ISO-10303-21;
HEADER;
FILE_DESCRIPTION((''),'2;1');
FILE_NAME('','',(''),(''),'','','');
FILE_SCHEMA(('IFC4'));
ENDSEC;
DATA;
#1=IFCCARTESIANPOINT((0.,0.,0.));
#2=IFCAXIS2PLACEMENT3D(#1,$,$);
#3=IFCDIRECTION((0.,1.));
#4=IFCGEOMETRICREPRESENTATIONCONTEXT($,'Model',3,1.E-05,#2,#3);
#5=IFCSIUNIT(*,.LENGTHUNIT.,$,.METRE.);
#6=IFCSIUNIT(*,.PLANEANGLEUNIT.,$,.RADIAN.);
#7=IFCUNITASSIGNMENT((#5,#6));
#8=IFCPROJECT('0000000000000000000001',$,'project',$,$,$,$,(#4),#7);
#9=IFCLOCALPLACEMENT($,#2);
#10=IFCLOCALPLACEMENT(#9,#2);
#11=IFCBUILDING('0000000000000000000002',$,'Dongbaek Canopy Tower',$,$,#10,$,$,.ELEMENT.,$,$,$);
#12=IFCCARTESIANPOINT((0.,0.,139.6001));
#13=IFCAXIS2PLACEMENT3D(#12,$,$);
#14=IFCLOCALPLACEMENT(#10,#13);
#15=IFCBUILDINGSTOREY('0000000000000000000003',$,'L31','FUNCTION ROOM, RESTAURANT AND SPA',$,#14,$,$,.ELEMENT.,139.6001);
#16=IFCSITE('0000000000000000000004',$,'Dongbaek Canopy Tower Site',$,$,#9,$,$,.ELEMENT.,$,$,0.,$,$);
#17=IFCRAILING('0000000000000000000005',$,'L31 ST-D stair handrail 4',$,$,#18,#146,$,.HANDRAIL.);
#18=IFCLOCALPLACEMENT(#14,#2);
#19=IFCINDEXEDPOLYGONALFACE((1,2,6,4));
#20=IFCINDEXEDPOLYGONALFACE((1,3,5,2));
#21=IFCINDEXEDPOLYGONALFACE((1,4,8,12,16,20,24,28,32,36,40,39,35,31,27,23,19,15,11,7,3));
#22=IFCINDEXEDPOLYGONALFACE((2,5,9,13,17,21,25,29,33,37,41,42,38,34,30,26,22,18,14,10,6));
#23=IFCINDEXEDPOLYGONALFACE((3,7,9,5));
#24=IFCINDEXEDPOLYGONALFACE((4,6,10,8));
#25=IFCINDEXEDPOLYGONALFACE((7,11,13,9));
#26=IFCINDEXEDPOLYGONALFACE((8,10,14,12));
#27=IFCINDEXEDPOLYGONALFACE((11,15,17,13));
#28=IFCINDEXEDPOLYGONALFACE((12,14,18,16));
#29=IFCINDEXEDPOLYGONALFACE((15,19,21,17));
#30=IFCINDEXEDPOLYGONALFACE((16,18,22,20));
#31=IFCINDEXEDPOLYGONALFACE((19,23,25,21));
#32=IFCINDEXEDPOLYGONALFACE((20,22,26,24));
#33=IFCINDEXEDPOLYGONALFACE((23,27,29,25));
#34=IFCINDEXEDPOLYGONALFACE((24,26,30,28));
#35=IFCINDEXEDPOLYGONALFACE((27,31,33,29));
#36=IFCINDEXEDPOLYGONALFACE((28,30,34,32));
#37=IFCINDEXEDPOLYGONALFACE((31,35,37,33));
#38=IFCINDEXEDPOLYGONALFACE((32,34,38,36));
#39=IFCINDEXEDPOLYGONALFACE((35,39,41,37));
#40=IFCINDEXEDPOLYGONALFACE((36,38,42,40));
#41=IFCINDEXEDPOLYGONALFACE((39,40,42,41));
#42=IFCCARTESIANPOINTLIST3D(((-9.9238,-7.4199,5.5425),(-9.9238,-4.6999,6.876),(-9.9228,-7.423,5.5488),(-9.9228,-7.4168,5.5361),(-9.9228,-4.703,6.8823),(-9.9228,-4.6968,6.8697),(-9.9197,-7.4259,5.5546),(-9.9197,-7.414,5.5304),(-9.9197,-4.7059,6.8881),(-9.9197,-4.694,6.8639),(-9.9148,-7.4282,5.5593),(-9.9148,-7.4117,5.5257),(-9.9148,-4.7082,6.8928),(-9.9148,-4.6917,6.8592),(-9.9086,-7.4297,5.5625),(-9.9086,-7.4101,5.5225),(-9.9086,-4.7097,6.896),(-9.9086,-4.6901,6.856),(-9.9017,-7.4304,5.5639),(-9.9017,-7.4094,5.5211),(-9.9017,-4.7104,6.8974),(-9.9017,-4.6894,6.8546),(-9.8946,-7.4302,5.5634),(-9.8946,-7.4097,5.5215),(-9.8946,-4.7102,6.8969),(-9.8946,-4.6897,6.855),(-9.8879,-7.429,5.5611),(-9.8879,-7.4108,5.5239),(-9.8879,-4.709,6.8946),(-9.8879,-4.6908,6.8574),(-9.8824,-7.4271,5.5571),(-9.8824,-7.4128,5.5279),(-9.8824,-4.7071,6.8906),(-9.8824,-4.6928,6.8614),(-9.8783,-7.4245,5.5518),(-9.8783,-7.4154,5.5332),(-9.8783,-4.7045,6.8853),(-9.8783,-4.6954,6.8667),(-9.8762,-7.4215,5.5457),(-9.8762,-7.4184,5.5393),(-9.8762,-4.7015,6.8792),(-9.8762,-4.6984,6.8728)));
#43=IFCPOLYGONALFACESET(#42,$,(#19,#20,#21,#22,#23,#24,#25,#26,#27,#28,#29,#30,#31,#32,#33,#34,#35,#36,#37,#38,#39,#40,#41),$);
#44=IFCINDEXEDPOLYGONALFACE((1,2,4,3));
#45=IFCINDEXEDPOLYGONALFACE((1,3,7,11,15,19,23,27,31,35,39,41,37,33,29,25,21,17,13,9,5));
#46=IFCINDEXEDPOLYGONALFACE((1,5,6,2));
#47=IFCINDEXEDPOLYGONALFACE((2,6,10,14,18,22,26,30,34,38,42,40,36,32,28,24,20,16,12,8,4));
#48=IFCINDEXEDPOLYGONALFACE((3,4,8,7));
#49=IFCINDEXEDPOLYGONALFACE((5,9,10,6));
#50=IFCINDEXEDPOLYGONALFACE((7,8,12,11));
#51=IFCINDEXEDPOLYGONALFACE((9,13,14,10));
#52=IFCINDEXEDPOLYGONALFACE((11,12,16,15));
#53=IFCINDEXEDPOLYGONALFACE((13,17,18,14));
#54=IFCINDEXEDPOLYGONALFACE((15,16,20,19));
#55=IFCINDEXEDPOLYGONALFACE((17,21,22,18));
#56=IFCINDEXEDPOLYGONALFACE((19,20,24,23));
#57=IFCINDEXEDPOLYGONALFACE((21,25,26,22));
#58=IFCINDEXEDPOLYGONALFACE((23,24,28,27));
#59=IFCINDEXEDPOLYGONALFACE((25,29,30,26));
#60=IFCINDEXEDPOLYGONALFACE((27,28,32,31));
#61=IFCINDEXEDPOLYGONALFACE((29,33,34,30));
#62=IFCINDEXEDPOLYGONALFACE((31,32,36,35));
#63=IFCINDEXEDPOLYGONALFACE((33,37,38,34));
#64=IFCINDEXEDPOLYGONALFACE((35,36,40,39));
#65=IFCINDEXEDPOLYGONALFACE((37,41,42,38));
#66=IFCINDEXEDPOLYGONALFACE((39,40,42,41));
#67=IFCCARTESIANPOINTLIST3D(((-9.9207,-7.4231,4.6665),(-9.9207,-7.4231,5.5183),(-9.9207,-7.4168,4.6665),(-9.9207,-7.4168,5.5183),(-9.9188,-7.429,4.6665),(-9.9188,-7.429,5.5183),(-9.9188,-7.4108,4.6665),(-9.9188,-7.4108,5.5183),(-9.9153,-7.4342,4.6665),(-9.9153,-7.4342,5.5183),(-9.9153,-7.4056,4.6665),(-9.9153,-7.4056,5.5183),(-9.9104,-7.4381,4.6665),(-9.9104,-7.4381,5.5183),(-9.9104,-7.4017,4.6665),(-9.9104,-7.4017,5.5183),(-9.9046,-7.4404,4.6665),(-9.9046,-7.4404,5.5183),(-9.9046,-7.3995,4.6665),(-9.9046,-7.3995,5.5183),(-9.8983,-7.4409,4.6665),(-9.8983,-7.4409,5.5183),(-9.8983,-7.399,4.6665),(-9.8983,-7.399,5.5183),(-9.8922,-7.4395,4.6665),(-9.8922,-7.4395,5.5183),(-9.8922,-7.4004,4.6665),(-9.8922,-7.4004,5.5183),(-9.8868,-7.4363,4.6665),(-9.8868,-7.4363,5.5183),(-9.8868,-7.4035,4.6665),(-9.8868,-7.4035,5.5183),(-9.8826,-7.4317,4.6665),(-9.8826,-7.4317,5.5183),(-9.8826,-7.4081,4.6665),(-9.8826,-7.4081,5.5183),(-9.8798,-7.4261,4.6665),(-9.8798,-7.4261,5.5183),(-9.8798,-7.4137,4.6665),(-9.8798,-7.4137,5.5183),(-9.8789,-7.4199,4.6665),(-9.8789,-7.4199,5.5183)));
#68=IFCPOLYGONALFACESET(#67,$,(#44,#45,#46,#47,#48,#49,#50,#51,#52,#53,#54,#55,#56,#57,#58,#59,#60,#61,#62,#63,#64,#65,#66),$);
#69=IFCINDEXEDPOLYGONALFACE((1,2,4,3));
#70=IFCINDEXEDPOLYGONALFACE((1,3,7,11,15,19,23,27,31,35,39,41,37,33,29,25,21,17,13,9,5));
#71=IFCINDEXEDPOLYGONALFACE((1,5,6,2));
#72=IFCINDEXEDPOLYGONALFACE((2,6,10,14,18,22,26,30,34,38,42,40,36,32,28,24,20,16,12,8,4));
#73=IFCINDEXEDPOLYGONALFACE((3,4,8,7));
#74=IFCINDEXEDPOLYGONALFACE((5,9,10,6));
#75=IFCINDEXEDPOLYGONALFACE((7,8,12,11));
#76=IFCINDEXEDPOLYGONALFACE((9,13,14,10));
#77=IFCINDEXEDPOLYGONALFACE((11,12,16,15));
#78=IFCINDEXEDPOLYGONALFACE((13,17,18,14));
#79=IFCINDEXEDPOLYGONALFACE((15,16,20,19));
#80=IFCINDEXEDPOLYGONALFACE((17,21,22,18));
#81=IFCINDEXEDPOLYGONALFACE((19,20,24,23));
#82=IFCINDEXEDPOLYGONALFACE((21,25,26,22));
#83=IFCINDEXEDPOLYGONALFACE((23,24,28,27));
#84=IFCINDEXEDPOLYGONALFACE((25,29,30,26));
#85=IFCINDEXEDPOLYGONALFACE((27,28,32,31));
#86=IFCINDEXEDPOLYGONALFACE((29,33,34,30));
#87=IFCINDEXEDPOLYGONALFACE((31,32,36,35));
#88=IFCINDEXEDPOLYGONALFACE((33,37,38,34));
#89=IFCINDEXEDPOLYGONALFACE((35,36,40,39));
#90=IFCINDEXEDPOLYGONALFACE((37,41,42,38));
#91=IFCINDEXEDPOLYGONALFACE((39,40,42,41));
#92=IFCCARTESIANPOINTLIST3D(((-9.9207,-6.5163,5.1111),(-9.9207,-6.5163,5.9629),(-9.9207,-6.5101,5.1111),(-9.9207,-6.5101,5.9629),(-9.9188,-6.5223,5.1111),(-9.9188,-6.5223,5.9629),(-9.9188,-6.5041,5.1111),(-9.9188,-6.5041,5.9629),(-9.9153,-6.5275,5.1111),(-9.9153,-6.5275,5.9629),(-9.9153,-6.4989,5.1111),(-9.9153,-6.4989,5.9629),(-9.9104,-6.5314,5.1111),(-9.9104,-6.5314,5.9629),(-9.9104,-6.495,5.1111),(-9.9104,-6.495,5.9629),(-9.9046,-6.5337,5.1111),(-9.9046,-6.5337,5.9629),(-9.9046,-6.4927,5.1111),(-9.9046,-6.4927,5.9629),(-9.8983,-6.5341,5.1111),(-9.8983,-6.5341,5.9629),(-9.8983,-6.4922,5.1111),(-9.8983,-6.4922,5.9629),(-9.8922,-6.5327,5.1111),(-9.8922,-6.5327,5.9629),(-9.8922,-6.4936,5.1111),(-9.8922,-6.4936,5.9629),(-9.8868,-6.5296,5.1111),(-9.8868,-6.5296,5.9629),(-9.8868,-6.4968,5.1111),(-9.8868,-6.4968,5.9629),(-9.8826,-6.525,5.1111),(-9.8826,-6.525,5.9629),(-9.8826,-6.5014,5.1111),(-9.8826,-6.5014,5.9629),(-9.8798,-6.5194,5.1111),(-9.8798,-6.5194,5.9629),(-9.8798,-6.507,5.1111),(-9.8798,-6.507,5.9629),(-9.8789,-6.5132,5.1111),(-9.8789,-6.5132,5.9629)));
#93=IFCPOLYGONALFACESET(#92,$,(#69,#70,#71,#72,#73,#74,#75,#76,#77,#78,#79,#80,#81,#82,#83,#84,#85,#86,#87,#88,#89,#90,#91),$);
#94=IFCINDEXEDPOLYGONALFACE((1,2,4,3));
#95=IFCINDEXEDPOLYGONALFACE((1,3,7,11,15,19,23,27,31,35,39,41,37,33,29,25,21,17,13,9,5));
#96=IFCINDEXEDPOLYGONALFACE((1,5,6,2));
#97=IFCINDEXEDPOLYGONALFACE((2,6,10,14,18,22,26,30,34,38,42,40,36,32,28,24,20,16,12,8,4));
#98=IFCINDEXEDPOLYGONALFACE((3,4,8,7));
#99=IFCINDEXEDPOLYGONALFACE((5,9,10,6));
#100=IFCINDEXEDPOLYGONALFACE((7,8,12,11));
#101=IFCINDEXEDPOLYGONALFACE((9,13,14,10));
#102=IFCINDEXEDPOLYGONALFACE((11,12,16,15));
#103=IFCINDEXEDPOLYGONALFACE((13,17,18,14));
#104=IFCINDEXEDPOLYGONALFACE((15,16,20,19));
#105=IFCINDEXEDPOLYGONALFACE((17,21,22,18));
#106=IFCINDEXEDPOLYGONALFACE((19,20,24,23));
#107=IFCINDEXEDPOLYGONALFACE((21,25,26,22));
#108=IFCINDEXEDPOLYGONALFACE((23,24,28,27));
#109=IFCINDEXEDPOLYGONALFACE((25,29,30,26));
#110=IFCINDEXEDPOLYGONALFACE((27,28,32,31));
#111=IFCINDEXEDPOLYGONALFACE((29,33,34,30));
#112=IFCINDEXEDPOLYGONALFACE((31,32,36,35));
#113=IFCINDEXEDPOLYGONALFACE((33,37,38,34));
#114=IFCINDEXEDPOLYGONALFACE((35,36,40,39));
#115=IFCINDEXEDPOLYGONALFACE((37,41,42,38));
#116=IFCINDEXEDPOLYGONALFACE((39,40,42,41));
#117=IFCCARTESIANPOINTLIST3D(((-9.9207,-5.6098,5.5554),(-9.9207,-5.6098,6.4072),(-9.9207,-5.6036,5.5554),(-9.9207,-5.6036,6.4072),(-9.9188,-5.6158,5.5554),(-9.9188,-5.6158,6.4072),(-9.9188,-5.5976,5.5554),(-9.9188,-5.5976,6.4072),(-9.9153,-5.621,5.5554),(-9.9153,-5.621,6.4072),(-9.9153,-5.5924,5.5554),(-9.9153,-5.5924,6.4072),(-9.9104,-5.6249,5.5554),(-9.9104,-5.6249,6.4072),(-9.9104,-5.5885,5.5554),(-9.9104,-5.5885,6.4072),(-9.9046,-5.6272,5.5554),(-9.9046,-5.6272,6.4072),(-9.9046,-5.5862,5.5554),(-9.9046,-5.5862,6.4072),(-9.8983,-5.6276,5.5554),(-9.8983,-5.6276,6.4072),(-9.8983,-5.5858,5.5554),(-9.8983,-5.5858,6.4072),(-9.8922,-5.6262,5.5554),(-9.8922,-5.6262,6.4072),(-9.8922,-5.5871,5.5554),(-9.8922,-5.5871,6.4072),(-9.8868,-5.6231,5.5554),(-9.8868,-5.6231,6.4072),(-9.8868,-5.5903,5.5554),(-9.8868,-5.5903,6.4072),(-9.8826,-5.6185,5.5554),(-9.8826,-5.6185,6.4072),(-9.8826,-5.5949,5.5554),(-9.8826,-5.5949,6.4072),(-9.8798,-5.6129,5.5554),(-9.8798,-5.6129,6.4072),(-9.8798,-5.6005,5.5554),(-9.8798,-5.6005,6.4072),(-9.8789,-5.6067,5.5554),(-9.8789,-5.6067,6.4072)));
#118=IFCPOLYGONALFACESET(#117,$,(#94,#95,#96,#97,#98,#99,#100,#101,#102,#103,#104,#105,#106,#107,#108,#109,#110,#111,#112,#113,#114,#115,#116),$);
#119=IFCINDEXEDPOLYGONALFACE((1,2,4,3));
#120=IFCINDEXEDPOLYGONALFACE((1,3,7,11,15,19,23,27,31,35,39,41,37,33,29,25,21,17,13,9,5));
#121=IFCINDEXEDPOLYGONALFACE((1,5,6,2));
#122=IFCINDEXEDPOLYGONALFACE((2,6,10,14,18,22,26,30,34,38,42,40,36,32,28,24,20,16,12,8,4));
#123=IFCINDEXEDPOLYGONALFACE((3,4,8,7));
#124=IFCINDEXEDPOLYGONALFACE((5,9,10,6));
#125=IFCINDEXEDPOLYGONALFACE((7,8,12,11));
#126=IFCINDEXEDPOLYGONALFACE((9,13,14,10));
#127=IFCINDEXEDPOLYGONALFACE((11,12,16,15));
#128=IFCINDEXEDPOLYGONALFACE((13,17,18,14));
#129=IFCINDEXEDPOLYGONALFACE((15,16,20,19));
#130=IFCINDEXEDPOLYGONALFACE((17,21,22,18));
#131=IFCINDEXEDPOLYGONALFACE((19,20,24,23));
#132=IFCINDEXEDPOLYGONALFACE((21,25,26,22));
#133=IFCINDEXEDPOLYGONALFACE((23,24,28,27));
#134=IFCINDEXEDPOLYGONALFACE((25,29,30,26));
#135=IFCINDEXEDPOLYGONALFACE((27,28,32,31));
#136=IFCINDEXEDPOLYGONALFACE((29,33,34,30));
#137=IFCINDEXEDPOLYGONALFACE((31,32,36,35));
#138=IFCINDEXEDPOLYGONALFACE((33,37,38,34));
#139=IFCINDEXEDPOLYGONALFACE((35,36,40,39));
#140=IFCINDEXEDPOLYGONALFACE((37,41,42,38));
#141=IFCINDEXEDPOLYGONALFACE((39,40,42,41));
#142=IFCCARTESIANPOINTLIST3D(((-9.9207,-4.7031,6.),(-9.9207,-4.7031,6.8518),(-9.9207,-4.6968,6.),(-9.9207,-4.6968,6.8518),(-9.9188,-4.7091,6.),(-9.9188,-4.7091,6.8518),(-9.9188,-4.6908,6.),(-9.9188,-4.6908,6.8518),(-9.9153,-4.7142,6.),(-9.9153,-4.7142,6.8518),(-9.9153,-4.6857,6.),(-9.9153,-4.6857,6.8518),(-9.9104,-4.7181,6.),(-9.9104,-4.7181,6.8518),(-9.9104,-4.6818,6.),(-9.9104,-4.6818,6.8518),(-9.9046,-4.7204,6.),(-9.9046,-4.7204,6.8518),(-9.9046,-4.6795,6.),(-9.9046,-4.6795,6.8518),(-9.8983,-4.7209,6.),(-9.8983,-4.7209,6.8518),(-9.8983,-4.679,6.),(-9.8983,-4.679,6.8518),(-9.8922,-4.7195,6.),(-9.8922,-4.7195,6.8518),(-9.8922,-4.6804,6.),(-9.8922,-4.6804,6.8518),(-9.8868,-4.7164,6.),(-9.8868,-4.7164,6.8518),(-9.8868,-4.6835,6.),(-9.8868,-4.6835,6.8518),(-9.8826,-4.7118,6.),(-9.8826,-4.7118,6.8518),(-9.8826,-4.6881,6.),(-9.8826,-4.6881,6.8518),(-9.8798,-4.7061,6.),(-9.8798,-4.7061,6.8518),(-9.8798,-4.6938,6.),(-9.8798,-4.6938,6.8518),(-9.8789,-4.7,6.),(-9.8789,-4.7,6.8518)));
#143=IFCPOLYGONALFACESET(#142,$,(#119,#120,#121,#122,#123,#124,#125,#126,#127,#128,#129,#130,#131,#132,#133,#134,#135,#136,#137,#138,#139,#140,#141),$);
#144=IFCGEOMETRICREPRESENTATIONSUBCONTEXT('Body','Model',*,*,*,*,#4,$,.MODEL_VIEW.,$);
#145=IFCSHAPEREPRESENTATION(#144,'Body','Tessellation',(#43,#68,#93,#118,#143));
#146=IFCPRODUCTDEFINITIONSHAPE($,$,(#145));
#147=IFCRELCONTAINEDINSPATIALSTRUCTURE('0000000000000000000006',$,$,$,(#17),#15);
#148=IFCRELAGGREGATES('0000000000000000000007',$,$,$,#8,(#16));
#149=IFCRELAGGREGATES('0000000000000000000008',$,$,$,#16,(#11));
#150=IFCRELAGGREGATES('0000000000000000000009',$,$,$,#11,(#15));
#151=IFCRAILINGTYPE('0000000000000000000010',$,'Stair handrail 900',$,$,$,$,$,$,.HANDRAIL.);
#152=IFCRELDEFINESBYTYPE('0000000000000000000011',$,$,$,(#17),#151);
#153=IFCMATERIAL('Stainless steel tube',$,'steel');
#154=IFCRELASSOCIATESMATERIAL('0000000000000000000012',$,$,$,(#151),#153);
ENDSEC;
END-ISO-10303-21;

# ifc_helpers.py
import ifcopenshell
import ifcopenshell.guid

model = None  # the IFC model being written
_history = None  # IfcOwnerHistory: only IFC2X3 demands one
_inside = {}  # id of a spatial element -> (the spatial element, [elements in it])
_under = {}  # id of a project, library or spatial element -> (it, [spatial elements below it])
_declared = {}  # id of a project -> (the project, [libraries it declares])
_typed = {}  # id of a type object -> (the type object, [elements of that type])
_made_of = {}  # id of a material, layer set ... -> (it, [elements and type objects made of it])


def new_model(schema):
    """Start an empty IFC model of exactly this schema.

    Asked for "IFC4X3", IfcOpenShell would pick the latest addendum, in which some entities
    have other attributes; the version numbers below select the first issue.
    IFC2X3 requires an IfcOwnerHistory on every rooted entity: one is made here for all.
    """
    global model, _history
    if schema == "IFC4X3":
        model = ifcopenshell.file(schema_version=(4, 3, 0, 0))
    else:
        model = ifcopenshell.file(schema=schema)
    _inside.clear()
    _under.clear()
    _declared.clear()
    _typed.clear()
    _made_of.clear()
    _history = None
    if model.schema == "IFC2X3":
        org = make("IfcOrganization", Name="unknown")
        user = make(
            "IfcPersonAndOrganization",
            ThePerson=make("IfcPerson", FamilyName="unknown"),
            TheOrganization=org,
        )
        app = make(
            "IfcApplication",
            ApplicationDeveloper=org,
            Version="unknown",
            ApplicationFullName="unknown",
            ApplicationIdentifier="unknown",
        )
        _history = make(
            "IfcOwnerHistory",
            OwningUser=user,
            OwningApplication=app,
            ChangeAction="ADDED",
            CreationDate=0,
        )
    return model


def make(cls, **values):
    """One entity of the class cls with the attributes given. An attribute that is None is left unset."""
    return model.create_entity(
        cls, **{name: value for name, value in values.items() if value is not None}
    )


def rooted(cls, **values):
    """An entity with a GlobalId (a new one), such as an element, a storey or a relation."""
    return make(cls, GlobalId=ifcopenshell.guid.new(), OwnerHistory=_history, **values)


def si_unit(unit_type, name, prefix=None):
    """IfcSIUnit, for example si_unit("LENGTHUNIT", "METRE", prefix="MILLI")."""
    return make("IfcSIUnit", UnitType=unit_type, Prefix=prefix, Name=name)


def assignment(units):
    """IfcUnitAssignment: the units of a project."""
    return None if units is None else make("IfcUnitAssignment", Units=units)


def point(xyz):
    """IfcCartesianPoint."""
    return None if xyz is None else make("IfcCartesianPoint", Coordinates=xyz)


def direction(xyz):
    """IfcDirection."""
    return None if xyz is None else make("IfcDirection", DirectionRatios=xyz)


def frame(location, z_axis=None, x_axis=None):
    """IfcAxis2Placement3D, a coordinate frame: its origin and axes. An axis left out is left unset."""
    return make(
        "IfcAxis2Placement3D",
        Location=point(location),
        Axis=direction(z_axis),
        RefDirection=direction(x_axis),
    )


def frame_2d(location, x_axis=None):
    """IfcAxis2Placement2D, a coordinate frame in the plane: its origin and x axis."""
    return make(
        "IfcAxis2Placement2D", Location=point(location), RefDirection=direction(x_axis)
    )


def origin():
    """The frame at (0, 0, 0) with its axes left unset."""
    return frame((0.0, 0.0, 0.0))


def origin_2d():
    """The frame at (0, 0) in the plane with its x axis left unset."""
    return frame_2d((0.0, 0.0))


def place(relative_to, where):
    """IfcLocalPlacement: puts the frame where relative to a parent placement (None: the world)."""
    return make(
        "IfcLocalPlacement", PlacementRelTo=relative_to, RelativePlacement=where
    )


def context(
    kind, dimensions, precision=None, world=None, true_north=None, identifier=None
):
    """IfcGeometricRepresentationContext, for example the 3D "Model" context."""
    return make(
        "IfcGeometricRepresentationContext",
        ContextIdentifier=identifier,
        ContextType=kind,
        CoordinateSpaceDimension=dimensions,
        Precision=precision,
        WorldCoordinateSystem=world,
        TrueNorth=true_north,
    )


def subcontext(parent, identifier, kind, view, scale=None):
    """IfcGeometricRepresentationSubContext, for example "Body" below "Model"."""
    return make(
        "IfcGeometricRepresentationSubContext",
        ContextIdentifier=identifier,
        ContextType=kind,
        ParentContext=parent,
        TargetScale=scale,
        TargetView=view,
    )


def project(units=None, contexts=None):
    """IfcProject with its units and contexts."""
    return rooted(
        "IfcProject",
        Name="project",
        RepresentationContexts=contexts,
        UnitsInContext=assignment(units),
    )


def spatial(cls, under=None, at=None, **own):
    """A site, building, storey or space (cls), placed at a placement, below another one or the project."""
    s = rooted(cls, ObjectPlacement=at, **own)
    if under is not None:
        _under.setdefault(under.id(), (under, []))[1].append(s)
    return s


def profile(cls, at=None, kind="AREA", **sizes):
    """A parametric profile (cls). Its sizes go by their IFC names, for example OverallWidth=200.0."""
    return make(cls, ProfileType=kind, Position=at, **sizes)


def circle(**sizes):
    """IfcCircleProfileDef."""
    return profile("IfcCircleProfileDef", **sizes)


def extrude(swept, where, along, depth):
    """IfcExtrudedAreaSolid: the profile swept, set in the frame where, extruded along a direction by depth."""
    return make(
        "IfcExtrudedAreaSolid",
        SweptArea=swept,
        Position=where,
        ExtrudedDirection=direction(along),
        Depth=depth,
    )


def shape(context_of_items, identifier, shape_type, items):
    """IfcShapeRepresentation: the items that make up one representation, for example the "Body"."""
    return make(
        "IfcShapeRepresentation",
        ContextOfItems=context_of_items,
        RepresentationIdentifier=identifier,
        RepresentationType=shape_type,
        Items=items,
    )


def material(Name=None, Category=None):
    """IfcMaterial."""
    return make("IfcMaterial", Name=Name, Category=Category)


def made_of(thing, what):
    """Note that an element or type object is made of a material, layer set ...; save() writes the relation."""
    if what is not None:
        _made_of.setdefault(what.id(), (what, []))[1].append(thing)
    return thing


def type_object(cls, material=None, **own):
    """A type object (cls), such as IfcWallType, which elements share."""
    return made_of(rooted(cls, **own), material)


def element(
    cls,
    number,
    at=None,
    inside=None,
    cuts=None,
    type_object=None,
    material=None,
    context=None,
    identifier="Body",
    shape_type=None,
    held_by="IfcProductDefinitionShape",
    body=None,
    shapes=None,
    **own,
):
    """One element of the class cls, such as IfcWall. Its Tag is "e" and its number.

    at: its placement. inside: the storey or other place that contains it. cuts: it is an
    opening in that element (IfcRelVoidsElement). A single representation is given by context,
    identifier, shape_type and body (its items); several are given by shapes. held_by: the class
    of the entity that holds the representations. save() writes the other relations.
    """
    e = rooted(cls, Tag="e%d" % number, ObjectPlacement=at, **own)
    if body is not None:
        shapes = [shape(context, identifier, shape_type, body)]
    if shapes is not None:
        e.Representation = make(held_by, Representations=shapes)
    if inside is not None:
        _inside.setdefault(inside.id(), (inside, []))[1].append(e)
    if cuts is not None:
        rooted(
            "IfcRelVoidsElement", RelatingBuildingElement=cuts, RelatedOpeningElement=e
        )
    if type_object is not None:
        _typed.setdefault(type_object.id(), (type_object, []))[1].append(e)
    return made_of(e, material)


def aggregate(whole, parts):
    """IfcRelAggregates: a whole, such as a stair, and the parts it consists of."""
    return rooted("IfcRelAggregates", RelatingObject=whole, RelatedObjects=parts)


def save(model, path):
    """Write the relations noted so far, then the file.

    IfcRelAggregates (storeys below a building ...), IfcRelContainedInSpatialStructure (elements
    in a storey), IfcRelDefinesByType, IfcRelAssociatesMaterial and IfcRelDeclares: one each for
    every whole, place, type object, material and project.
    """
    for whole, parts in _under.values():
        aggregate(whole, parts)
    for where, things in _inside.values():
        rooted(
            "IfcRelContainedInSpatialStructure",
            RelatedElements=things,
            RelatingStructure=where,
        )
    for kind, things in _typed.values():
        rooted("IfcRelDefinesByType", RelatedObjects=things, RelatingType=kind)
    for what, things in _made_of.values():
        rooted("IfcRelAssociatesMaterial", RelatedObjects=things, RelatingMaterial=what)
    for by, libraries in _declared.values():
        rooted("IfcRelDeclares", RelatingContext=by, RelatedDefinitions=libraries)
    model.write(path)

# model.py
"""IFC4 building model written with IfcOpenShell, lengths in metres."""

from ifc_helpers import new_model, si_unit, direction, frame, origin, origin_2d, place, context, subcontext, project, spatial, circle, extrude, material, type_object, element, save


model = new_model("IFC4")

# Units and contexts
model_context = context("Model", 3, precision=1e-05, world=origin(), true_north=direction((0.0, 1.0)))
body_context = subcontext(model_context, "Body", "Model", "MODEL_VIEW")
ifc_project = project(units=[si_unit("LENGTHUNIT", "METRE"), si_unit("PLANEANGLEUNIT", "RADIAN")], contexts=[model_context])

# Site, building, storey
site_placement = place(None, origin())
site = spatial("IfcSite", under=ifc_project, at=site_placement, Name="Dongbaek Canopy Tower Site", CompositionType="ELEMENT", RefElevation=0.0)
building_placement = place(site_placement, origin())
building = spatial("IfcBuilding", under=site, at=building_placement, Name="Dongbaek Canopy Tower", CompositionType="ELEMENT")
storey_placement = place(building_placement, frame((0.0, 0.0, 139.6001)))
storey = spatial("IfcBuildingStorey", under=building, at=storey_placement, Name="L31", Description="FUNCTION ROOM, RESTAURANT AND SPA", CompositionType="ELEMENT", Elevation=139.6001)

# Railing
ifc_material_1 = material(Name="Stainless steel tube", Category="steel")
railing_type_1 = type_object("IfcRailingType", Name="Stair handrail 900", PredefinedType="HANDRAIL", material=ifc_material_1)
railing_1_placement = place(storey_placement, frame((-9.8999, -7.4199, 4.6665)))
element("IfcRailing", 1, at=railing_1_placement, inside=storey, type_object=railing_type_1, Name="L31 ST-D stair handrail 4", PredefinedType="HANDRAIL", context=body_context, shape_type="SweptSolid", body=[
    extrude(circle(Radius=0.0239, at=origin_2d()), frame((0.0, 0.0, 0.876), z_axis=(0.0, 0.897898, 0.440204), x_axis=(-1.0, 0.0, 0.0)), (0.0, 0.0, 1.0), 3.0293),
    extrude(circle(Radius=0.021, at=origin_2d()), origin(), (0.0, 0.0, 1.0), 0.8518),
    extrude(circle(Radius=0.021, at=origin_2d()), frame((0.0, 0.9067, 0.4446)), (0.0, 0.0, 1.0), 0.8518),
    extrude(circle(Radius=0.021, at=origin_2d()), frame((0.0, 1.8132, 0.8889)), (0.0, 0.0, 1.0), 0.8518),
    extrude(circle(Radius=0.021, at=origin_2d()), frame((0.0, 2.72, 1.3335)), (0.0, 0.0, 1.0), 0.8518),
])

save(model, "model.ifc")
